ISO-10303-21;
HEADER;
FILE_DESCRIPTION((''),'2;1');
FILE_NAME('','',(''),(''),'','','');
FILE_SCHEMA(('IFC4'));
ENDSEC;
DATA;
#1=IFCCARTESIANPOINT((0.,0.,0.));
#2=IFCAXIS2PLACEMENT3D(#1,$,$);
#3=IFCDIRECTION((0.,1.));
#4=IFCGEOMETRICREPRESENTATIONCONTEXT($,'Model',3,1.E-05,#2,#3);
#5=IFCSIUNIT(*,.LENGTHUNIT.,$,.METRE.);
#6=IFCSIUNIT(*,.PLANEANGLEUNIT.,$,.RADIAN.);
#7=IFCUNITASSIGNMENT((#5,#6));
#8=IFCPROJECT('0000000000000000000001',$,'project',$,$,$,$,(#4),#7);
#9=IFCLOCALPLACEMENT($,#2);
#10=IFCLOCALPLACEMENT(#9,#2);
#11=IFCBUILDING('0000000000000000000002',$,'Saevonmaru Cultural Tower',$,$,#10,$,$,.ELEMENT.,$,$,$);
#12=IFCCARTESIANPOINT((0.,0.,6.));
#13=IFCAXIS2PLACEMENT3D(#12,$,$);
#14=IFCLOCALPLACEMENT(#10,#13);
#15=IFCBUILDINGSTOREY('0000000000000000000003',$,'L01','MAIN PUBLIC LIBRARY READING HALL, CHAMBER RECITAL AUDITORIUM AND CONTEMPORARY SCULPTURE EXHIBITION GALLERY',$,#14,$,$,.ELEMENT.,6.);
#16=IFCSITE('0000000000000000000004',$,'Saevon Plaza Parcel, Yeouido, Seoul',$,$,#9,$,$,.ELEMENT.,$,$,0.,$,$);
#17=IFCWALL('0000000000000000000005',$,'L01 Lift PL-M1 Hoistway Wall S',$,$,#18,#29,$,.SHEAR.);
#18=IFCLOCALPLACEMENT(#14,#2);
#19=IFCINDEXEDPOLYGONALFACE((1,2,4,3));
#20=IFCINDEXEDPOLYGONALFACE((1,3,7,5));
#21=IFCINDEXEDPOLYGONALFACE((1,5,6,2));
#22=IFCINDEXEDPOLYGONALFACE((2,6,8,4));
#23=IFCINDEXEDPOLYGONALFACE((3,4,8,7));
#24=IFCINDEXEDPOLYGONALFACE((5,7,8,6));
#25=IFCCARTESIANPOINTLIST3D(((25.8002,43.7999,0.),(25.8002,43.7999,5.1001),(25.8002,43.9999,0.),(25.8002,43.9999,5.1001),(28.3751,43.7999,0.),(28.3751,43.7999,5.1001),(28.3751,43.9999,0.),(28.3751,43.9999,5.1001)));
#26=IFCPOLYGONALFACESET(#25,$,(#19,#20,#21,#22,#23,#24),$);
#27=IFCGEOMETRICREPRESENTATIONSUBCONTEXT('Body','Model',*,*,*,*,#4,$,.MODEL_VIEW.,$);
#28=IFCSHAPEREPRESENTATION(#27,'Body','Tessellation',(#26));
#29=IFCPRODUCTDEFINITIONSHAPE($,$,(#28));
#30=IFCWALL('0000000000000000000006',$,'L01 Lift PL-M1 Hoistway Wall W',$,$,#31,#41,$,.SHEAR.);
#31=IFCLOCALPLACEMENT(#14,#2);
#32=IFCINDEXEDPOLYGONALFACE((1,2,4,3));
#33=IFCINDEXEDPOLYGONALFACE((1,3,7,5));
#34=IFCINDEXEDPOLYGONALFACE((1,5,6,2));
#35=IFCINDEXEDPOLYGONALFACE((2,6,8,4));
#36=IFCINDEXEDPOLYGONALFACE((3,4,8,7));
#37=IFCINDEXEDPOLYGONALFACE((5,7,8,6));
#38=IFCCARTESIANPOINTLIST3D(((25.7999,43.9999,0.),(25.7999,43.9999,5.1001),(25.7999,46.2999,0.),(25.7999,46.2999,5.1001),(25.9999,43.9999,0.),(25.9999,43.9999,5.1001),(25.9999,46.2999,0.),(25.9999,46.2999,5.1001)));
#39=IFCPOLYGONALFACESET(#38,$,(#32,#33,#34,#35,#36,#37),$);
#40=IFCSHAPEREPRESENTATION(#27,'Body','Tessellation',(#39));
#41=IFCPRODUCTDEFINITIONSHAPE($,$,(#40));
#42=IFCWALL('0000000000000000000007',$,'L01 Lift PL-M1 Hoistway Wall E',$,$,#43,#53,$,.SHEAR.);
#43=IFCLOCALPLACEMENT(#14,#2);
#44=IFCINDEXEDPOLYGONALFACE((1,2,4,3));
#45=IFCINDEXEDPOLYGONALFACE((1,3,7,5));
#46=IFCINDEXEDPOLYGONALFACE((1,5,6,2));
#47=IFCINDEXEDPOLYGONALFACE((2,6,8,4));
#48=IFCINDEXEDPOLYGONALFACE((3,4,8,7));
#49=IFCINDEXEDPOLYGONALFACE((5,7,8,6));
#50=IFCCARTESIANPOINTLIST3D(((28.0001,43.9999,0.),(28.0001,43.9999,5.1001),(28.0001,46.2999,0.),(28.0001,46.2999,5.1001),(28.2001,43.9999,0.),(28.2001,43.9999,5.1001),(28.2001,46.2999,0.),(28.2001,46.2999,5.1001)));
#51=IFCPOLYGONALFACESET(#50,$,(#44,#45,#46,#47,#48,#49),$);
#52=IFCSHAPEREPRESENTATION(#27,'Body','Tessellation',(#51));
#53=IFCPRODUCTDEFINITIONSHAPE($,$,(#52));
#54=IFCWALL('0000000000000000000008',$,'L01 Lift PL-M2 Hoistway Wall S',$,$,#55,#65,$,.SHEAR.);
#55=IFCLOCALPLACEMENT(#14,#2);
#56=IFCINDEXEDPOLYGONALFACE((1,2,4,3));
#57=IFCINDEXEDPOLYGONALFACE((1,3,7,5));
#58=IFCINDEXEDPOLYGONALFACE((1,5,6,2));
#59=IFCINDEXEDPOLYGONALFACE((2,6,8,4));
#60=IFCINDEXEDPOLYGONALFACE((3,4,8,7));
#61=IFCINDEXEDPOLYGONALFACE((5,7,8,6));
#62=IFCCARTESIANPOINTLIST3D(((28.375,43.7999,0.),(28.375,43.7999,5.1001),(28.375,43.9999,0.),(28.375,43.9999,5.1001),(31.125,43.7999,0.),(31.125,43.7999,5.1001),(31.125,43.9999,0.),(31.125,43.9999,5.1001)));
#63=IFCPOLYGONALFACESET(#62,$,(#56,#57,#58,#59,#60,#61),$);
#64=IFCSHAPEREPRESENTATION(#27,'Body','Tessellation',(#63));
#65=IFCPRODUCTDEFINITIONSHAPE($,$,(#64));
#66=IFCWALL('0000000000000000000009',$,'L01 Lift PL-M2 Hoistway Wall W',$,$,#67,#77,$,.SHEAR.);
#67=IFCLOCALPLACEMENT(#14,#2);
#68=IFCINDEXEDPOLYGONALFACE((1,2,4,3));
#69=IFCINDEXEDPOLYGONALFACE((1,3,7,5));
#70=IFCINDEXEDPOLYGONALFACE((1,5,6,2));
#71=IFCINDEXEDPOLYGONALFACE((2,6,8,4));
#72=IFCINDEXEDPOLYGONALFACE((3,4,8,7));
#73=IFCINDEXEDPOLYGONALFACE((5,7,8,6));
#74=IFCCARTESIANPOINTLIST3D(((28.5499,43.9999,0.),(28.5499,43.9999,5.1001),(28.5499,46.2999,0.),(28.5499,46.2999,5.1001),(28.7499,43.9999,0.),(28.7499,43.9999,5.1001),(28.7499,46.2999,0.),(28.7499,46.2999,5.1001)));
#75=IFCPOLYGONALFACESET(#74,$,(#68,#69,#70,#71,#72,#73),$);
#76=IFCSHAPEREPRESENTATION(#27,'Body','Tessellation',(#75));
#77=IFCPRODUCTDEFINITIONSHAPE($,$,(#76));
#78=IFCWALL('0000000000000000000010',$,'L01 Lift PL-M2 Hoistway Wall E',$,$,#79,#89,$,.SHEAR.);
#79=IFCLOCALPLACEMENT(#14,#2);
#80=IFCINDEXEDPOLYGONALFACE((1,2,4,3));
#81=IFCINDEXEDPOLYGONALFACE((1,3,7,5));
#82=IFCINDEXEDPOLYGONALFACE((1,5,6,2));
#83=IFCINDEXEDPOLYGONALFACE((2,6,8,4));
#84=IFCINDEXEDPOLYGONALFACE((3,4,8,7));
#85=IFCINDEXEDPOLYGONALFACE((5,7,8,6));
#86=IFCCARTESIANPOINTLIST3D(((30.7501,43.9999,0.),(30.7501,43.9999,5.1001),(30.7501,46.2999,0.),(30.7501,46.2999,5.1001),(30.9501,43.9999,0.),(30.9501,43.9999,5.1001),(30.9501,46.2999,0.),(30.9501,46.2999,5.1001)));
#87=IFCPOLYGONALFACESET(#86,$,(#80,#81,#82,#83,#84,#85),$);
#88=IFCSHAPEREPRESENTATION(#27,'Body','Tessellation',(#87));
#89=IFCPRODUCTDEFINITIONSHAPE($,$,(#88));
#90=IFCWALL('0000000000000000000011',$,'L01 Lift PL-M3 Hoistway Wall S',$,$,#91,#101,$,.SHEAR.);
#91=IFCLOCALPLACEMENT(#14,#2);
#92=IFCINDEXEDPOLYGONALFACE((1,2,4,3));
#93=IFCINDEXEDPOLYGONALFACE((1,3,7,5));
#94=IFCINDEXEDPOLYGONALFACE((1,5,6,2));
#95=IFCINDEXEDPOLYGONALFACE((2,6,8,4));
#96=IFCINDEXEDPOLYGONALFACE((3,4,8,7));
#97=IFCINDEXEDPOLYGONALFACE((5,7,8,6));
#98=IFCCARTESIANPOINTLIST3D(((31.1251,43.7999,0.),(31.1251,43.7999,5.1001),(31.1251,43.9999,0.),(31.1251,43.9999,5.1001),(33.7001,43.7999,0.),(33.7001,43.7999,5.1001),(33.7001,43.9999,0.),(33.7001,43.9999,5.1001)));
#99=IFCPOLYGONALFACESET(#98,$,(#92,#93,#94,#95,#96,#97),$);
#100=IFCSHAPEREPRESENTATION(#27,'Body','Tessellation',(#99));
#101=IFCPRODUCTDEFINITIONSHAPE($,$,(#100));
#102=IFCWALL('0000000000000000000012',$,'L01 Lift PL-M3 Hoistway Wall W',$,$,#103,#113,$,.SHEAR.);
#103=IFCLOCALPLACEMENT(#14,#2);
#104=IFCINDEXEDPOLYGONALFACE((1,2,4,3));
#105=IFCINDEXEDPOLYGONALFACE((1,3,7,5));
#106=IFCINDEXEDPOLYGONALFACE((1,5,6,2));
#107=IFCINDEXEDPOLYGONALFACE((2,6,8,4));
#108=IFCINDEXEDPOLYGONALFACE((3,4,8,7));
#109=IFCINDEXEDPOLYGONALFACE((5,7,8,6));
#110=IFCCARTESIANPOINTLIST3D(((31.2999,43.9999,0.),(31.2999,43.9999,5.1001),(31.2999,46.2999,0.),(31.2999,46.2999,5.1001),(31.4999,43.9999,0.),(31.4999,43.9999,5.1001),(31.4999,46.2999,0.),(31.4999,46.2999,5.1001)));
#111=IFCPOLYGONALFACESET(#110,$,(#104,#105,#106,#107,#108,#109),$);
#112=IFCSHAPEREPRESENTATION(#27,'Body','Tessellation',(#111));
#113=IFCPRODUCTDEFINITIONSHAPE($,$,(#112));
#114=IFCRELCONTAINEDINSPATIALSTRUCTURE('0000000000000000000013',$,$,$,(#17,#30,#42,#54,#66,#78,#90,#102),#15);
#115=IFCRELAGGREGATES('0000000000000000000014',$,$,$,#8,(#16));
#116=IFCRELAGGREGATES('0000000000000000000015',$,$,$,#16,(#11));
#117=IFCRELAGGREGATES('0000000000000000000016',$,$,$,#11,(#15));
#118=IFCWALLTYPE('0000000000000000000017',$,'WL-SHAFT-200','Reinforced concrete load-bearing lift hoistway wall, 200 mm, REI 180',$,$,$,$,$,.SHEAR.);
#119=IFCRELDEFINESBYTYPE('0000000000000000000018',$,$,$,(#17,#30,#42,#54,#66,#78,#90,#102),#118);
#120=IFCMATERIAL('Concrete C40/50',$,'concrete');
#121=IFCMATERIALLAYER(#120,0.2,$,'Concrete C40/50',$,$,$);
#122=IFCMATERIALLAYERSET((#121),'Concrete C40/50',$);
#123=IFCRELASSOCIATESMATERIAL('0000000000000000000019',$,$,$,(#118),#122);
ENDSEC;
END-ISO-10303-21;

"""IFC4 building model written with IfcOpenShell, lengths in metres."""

from ifc_helpers import new_model, si_unit, direction, frame, frame_2d, origin, place, context, subcontext, project, spatial, rectangle, extrude, material, layer, layer_set, type_object, element, save


model = new_model("IFC4")

# Units and contexts
model_context = context("Model", 3, precision=1e-05, world=origin(), true_north=direction((0.0, 1.0)))
body_context = subcontext(model_context, "Body", "Model", "MODEL_VIEW")
ifc_project = project(units=[si_unit("LENGTHUNIT", "METRE"), si_unit("PLANEANGLEUNIT", "RADIAN")], contexts=[model_context])

# Site, building, storey
site_placement = place(None, origin())
site = spatial("IfcSite", under=ifc_project, at=site_placement, Name="Saevon Plaza Parcel, Yeouido, Seoul", CompositionType="ELEMENT", RefElevation=0.0)
building_placement = place(site_placement, origin())
building = spatial("IfcBuilding", under=site, at=building_placement, Name="Saevonmaru Cultural Tower", CompositionType="ELEMENT")
storey_placement = place(building_placement, frame((0.0, 0.0, 6.0)))
storey = spatial("IfcBuildingStorey", under=building, at=storey_placement, Name="L01", Description="MAIN PUBLIC LIBRARY READING HALL, CHAMBER RECITAL AUDITORIUM AND CONTEMPORARY SCULPTURE EXHIBITION GALLERY", CompositionType="ELEMENT", Elevation=6.0)

# Walls
ifc_material_1 = material(Name="Concrete C40/50", Category="concrete")
ifc_layer_1 = layer(ifc_material_1, 0.2, Name="Concrete C40/50")
ifc_layer_set_1 = layer_set([ifc_layer_1], Name="Concrete C40/50")
wall_type = type_object("IfcWallType", Name="WL-SHAFT-200", Description="Reinforced concrete load-bearing lift hoistway wall, 200 mm, REI 180", PredefinedType="SHEAR", material=ifc_layer_set_1)
wall_1_placement = place(storey_placement, frame((25.8, 43.8999, 0.0), z_axis=(0.0, 0.0, 1.0), x_axis=(1.0, 0.0, 0.0)))
element("IfcWall", 1, at=wall_1_placement, inside=storey, type_object=wall_type, Name="L01 Lift PL-M1 Hoistway Wall S", PredefinedType="SHEAR", context=body_context, shape_type="SweptSolid", body=[
    extrude(rectangle(XDim=2.575, YDim=0.2, at=frame_2d((1.2876, 0.0))), origin(), (0.0, 0.0, 1.0), 5.1001),
])
for number, where, z_axis, x_axis, name in (
    (2, (25.8999, 44.0, 0.0), (0.0, 0.0, 1.0), (0.0, 1.0, 0.0), "L01 Lift PL-M1 Hoistway Wall W"),
    (3, (28.1001, 44.0, 0.0), (0.0, 0.0, 1.0), (0.0, 1.0, 0.0), "L01 Lift PL-M1 Hoistway Wall E"),
):
    element("IfcWall", number, at=place(storey_placement, frame(where, z_axis=z_axis, x_axis=x_axis)), inside=storey, type_object=wall_type, Name=name, PredefinedType="SHEAR", context=body_context, shape_type="SweptSolid", body=[
        extrude(rectangle(XDim=2.3, YDim=0.2, at=frame_2d((1.1499, 0.0))), origin(), (0.0, 0.0, 1.0), 5.1001),
    ])
wall_2_placement = place(storey_placement, frame((28.375, 43.8999, 0.0), z_axis=(0.0, 0.0, 1.0), x_axis=(1.0, 0.0, 0.0)))
element("IfcWall", 4, at=wall_2_placement, inside=storey, type_object=wall_type, Name="L01 Lift PL-M2 Hoistway Wall S", PredefinedType="SHEAR", context=body_context, shape_type="SweptSolid", body=[
    extrude(rectangle(XDim=2.75, YDim=0.2, at=frame_2d((1.375, 0.0))), origin(), (0.0, 0.0, 1.0), 5.1001),
])
for number, where, z_axis, x_axis, name in (
    (5, (28.6499, 44.0, 0.0), (0.0, 0.0, 1.0), (0.0, 1.0, 0.0), "L01 Lift PL-M2 Hoistway Wall W"),
    (6, (30.8501, 44.0, 0.0), (0.0, 0.0, 1.0), (0.0, 1.0, 0.0), "L01 Lift PL-M2 Hoistway Wall E"),
):
    element("IfcWall", number, at=place(storey_placement, frame(where, z_axis=z_axis, x_axis=x_axis)), inside=storey, type_object=wall_type, Name=name, PredefinedType="SHEAR", context=body_context, shape_type="SweptSolid", body=[
        extrude(rectangle(XDim=2.3, YDim=0.2, at=frame_2d((1.1499, 0.0))), origin(), (0.0, 0.0, 1.0), 5.1001),
    ])
wall_3_placement = place(storey_placement, frame((31.125, 43.8999, 0.0), z_axis=(0.0, 0.0, 1.0), x_axis=(1.0, 0.0, 0.0)))
element("IfcWall", 7, at=wall_3_placement, inside=storey, type_object=wall_type, Name="L01 Lift PL-M3 Hoistway Wall S", PredefinedType="SHEAR", context=body_context, shape_type="SweptSolid", body=[
    extrude(rectangle(XDim=2.575, YDim=0.2, at=frame_2d((1.2876, 0.0))), origin(), (0.0, 0.0, 1.0), 5.1001),
])
wall_4_placement = place(storey_placement, frame((31.3999, 44.0, 0.0), z_axis=(0.0, 0.0, 1.0), x_axis=(0.0, 1.0, 0.0)))
element("IfcWall", 8, at=wall_4_placement, inside=storey, type_object=wall_type, Name="L01 Lift PL-M3 Hoistway Wall W", PredefinedType="SHEAR", context=body_context, shape_type="SweptSolid", body=[
    extrude(rectangle(XDim=2.3, YDim=0.2, at=frame_2d((1.1499, 0.0))), origin(), (0.0, 0.0, 1.0), 5.1001),
])

save(model, "model.ifc")
